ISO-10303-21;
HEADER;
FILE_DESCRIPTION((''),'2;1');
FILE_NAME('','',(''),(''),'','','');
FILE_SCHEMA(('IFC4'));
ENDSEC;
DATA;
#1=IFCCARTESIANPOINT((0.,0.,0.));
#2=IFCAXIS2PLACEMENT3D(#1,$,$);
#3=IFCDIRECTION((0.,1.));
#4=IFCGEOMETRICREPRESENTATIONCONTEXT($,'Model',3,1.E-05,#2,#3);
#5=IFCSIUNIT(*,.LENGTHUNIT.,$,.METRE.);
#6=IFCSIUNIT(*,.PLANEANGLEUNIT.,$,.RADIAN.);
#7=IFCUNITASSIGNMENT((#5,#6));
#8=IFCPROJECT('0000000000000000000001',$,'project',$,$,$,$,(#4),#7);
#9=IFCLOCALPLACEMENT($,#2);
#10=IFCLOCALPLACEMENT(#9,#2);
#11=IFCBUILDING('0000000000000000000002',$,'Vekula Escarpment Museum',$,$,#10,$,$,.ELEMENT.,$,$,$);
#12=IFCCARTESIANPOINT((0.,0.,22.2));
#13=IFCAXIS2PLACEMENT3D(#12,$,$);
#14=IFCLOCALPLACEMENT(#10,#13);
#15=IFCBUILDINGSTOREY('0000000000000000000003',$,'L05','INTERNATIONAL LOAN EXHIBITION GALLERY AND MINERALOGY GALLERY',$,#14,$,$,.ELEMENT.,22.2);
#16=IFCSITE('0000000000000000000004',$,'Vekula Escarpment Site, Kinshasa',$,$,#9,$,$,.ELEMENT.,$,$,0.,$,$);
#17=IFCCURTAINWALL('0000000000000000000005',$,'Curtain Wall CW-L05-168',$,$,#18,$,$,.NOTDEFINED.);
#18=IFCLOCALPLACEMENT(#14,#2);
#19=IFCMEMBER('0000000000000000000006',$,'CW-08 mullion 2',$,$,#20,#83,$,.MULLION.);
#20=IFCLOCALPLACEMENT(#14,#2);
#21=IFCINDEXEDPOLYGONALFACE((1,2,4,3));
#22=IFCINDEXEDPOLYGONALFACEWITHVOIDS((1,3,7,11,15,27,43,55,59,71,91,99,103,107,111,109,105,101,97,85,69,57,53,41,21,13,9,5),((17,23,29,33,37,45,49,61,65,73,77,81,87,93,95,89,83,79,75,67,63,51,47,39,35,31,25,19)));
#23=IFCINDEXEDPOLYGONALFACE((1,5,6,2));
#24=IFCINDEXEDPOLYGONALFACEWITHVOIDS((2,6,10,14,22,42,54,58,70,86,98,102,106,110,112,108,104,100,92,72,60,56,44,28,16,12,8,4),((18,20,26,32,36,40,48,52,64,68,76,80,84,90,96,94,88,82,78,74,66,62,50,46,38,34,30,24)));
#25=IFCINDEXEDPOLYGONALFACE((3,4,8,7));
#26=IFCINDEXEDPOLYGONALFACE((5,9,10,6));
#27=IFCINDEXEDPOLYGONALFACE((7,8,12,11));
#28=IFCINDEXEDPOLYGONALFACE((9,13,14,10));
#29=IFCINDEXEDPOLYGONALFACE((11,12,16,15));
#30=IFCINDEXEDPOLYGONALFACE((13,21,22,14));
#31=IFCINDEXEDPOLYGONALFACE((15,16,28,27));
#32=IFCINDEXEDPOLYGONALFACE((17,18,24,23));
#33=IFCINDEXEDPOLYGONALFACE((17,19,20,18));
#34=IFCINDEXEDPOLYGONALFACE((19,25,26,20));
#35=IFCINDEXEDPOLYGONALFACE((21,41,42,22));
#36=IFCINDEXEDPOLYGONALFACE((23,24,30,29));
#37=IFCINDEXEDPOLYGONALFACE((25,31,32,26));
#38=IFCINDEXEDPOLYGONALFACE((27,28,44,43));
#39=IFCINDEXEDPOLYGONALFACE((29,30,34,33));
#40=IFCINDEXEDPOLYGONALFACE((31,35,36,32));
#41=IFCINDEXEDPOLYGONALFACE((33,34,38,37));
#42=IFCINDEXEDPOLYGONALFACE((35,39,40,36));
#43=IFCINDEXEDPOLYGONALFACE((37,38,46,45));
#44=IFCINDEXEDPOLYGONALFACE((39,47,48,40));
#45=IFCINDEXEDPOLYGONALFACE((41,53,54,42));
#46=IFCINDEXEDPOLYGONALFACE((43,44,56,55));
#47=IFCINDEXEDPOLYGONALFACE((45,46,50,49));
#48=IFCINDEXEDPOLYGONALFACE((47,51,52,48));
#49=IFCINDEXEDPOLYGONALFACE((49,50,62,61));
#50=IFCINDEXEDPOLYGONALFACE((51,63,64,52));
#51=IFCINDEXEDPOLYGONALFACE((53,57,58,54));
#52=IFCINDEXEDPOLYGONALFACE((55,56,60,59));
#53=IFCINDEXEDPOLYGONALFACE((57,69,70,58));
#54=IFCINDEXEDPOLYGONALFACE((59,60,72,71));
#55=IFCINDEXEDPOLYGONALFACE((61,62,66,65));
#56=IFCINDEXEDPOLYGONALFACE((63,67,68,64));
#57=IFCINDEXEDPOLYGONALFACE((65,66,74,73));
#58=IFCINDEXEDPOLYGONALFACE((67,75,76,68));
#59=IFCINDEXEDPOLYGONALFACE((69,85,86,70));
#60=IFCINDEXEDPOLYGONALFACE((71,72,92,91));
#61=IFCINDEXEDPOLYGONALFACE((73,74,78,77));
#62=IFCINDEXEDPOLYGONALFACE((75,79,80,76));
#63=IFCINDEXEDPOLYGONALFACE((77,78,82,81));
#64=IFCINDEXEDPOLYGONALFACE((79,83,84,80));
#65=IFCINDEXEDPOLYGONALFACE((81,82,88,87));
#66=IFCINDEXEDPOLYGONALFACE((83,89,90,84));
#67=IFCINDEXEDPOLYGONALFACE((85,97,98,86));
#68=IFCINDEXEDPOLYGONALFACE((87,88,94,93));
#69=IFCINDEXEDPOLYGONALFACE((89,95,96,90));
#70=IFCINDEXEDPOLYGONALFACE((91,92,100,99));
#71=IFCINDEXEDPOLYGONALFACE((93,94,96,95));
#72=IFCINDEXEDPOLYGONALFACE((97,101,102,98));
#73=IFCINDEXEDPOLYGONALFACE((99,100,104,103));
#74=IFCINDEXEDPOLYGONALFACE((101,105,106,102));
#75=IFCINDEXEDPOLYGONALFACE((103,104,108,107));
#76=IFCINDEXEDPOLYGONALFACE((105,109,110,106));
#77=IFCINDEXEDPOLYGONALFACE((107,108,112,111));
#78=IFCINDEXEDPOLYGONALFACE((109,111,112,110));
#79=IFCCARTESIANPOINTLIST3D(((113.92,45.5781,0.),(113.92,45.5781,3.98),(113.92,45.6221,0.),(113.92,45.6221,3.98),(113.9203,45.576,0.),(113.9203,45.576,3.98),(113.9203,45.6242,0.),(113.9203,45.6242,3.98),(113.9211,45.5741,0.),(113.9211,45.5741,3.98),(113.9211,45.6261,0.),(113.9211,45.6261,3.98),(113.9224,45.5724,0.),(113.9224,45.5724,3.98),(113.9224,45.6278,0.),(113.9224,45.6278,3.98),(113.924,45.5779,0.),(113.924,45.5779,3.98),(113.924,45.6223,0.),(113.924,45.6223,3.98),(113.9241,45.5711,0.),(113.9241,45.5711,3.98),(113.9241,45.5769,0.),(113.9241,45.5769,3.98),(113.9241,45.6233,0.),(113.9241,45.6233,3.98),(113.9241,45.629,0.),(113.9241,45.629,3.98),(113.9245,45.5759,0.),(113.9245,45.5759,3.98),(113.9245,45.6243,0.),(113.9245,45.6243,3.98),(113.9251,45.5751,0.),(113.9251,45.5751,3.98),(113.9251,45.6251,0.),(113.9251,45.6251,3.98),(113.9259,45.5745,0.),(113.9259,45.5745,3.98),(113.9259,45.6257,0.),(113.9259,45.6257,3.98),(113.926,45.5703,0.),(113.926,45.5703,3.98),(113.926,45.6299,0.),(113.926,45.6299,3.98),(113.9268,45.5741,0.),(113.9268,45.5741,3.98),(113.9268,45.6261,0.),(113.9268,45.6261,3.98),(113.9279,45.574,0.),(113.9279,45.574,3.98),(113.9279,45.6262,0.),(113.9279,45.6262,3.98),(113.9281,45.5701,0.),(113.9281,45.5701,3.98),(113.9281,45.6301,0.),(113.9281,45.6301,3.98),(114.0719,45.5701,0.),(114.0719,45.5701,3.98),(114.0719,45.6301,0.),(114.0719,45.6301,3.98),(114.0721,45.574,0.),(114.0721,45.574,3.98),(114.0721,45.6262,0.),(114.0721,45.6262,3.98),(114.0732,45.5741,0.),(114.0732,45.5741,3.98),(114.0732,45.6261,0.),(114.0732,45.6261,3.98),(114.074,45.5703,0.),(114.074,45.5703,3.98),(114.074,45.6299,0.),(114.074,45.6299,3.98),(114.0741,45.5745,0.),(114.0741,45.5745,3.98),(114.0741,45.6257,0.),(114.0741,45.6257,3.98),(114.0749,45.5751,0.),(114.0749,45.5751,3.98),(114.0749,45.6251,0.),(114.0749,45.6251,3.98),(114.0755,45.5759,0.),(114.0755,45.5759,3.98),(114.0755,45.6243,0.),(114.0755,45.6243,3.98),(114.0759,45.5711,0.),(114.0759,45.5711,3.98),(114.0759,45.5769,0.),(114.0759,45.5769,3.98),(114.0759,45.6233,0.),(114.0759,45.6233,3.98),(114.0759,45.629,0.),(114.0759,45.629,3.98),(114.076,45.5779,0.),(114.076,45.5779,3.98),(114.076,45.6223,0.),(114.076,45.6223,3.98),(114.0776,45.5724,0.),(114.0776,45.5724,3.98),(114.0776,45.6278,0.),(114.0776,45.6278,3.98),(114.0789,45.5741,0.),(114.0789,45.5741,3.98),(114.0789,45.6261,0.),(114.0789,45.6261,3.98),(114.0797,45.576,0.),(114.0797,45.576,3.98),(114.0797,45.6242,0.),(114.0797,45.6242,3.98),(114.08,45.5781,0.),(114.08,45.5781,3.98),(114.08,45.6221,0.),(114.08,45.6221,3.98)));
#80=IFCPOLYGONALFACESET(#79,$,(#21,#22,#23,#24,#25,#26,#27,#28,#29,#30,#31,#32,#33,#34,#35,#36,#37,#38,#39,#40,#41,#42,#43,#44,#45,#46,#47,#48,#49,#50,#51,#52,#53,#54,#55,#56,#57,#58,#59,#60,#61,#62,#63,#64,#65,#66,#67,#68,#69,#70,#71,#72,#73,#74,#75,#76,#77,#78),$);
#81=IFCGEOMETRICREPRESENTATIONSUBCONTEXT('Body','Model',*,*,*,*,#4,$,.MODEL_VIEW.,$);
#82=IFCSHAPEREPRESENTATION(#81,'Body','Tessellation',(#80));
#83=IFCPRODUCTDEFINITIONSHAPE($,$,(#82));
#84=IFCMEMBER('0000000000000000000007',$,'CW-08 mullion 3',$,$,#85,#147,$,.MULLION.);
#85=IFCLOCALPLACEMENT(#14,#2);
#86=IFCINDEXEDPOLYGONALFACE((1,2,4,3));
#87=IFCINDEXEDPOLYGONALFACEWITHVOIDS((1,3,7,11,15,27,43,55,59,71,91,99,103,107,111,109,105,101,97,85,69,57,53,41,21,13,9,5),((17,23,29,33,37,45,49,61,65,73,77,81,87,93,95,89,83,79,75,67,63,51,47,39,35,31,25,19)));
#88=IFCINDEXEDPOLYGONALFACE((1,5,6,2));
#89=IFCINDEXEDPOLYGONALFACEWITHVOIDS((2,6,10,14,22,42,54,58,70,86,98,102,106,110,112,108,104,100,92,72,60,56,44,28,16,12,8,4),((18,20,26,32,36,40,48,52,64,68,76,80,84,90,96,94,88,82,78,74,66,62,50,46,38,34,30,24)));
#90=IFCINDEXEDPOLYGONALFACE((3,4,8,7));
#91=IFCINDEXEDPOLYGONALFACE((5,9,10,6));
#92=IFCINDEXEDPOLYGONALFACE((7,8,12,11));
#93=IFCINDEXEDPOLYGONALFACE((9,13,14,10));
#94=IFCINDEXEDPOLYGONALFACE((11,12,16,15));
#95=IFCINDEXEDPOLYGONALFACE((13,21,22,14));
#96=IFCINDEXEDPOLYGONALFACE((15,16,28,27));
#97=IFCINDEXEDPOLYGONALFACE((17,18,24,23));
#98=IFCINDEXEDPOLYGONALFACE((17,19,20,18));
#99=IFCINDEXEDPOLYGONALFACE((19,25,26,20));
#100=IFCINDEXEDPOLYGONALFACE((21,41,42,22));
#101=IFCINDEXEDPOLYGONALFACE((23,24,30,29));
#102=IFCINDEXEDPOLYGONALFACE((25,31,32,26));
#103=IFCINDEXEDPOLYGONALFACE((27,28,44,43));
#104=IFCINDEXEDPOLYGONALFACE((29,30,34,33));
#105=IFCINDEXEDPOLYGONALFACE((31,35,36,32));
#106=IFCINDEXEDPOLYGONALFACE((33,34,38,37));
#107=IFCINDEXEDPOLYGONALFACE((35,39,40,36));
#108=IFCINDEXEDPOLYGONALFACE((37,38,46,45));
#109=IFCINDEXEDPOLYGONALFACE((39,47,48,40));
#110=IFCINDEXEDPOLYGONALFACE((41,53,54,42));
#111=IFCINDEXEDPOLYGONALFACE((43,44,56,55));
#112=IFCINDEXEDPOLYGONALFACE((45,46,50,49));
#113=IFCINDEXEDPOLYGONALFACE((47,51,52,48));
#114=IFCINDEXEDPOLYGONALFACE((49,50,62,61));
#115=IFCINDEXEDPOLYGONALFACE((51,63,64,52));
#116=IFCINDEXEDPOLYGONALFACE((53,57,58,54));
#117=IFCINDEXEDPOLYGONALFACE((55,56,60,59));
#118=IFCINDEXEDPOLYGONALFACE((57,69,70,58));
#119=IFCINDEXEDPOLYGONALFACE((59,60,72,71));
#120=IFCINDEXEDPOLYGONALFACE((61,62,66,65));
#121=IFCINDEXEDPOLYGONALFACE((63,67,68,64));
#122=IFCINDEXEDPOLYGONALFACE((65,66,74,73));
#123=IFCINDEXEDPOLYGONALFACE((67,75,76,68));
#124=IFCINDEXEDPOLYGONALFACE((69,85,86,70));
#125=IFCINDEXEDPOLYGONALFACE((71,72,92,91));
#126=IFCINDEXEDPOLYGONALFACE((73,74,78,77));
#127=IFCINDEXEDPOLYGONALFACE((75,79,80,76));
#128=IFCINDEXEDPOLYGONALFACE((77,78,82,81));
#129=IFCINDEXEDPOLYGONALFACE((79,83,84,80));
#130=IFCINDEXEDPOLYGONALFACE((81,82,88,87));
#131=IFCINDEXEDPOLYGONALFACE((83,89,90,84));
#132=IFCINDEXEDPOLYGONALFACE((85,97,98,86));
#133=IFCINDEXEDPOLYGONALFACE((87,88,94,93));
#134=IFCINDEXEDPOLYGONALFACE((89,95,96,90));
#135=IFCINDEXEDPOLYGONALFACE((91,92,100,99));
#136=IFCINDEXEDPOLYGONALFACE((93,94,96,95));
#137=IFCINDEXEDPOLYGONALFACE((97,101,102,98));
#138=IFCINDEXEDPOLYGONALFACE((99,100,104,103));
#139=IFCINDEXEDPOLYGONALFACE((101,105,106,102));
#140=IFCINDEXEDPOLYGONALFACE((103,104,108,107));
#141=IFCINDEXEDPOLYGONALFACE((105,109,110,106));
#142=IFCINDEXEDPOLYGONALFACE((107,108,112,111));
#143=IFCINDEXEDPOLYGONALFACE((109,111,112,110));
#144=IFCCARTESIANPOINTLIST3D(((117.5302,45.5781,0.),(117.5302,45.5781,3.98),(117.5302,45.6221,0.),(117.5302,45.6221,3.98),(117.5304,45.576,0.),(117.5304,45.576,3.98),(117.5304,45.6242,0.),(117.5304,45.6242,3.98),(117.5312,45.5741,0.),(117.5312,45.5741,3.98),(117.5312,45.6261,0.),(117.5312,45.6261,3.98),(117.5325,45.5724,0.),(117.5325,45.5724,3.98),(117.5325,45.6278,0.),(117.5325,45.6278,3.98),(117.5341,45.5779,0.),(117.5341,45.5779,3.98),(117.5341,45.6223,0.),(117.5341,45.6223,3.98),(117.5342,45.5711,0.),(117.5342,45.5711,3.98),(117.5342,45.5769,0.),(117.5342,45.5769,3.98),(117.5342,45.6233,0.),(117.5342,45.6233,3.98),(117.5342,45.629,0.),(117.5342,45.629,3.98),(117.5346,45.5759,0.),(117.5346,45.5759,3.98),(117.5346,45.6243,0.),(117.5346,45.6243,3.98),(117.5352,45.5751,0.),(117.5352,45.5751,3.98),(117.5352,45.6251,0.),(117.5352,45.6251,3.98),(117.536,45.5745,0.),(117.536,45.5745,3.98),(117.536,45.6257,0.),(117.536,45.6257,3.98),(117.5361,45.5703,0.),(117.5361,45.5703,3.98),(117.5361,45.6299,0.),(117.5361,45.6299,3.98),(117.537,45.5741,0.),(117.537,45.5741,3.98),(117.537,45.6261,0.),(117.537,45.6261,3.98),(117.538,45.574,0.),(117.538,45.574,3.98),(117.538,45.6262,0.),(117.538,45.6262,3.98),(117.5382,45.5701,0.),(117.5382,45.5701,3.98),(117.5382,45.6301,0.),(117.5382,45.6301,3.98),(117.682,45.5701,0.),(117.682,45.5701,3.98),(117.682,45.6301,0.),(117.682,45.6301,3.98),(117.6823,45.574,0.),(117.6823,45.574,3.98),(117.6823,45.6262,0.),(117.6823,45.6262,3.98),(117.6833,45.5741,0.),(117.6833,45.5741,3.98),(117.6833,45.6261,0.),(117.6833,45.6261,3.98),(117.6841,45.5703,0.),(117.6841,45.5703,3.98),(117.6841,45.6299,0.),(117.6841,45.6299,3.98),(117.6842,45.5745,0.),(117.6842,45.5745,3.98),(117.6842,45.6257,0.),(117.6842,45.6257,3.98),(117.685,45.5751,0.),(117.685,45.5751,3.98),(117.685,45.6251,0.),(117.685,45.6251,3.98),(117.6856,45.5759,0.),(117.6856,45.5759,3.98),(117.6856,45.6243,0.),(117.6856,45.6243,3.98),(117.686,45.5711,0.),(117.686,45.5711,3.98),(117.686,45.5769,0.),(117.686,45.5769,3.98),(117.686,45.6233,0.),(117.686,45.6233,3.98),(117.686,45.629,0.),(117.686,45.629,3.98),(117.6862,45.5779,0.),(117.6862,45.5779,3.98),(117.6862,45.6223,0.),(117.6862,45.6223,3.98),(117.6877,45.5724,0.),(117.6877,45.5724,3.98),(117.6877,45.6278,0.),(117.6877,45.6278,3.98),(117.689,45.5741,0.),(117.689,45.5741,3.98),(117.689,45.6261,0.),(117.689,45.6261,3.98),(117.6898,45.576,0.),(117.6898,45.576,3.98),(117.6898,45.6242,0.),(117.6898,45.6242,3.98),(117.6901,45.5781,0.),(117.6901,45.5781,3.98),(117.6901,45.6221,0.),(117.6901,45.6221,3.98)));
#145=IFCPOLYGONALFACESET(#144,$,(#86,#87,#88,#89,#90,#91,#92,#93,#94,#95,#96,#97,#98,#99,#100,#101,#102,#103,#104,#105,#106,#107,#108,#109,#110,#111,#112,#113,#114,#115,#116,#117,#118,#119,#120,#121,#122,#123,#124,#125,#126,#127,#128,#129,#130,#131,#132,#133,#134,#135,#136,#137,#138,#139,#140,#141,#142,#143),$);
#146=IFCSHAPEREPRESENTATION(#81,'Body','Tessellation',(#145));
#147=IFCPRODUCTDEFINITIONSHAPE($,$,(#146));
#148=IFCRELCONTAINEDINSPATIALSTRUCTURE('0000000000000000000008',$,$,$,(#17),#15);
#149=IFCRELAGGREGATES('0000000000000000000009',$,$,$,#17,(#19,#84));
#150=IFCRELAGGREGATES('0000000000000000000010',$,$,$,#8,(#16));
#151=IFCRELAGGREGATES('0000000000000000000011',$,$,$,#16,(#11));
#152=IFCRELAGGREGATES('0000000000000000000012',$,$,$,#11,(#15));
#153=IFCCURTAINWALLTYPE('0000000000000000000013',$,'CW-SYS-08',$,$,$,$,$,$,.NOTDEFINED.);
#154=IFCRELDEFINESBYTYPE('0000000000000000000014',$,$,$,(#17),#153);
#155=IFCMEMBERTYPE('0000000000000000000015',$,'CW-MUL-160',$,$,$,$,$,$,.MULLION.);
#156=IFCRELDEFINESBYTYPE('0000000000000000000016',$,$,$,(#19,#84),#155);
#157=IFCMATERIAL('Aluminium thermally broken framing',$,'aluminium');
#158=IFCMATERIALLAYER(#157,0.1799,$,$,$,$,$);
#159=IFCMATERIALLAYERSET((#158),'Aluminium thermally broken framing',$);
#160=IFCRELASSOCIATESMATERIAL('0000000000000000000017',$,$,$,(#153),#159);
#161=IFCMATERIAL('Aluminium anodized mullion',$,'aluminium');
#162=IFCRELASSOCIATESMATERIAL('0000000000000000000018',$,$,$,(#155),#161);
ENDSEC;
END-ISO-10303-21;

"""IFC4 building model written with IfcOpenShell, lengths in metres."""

from ifc_helpers import new_model, si_unit, direction, frame, origin, origin_2d, place, context, subcontext, project, spatial, hollow_rectangle, extrude, material, layer, layer_set, material_profile, profile_set, type_object, element, aggregate, save


model = new_model("IFC4")

# Units and contexts
model_context = context("Model", 3, precision=1e-05, world=origin(), true_north=direction((0.0, 1.0)))
body_context = subcontext(model_context, "Body", "Model", "MODEL_VIEW")
ifc_project = project(units=[si_unit("LENGTHUNIT", "METRE"), si_unit("PLANEANGLEUNIT", "RADIAN")], contexts=[model_context])

# Site, building, storey
site_placement = place(None, origin())
site = spatial("IfcSite", under=ifc_project, at=site_placement, Name="Vekula Escarpment Site, Kinshasa", CompositionType="ELEMENT", RefElevation=0.0)
building_placement = place(site_placement, origin())
building = spatial("IfcBuilding", under=site, at=building_placement, Name="Vekula Escarpment Museum", CompositionType="ELEMENT")
storey_placement = place(building_placement, frame((0.0, 0.0, 22.2)))
storey = spatial("IfcBuildingStorey", under=building, at=storey_placement, Name="L05", Description="INTERNATIONAL LOAN EXHIBITION GALLERY AND MINERALOGY GALLERY", CompositionType="ELEMENT", Elevation=22.2)

# Curtain wall, members
ifc_material_1 = material(Name="Aluminium thermally broken framing", Category="aluminium")
ifc_layer_1 = layer(ifc_material_1, 0.1799)
ifc_layer_set_1 = layer_set([ifc_layer_1], Name="Aluminium thermally broken framing")
curtain_wall_type_1 = type_object("IfcCurtainWallType", Name="CW-SYS-08", PredefinedType="NOTDEFINED", material=ifc_layer_set_1)
curtain_wall_1_placement = place(storey_placement, origin())
curtain_wall_1 = element("IfcCurtainWall", 1, at=curtain_wall_1_placement, inside=storey, type_object=curtain_wall_type_1, Name="Curtain Wall CW-L05-168", PredefinedType="NOTDEFINED")
ifc_material_2 = material(Name="Aluminium anodized mullion", Category="aluminium")
ifc_material_profile_1 = material_profile(ifc_material_2, hollow_rectangle(XDim=0.0601, YDim=0.1599, WallThickness=0.0039, InnerFilletRadius=0.0039, OuterFilletRadius=0.0081, at=origin_2d()), Name="ALU 160x60x4")
ifc_profile_set_1 = profile_set([ifc_material_profile_1], Name="Aluminium anodized mullion")
member_type_1 = type_object("IfcMemberType", Name="CW-MUL-160", PredefinedType="MULLION", material=ifc_profile_set_1)
member_1_placement = place(storey_placement, frame((114.0, 45.6001, 0.0), z_axis=(0.0, 0.0, 1.0), x_axis=(0.0, 1.0, 0.0)))
member_1 = element("IfcMember", 2, at=member_1_placement, type_object=member_type_1, Name="CW-08 mullion 2", PredefinedType="MULLION", context=body_context, shape_type="SweptSolid", body=[
    extrude(hollow_rectangle(XDim=0.0601, YDim=0.1599, WallThickness=0.0039, InnerFilletRadius=0.0039, OuterFilletRadius=0.0081, at=origin_2d()), origin(), (0.0, 0.0, 1.0), 3.98),
])
member_2_placement = place(storey_placement, frame((117.6101, 45.6001, 0.0), z_axis=(0.0, 0.0, 1.0), x_axis=(0.0, 1.0, 0.0)))
member_2 = element("IfcMember", 3, at=member_2_placement, type_object=member_type_1, Name="CW-08 mullion 3", PredefinedType="MULLION", context=body_context, shape_type="SweptSolid", body=[
    extrude(hollow_rectangle(XDim=0.0601, YDim=0.1599, WallThickness=0.0039, InnerFilletRadius=0.0039, OuterFilletRadius=0.0081, at=origin_2d()), origin(), (0.0, 0.0, 1.0), 3.98),
])

aggregate(curtain_wall_1, [member_1, member_2])

save(model, "model.ifc")
